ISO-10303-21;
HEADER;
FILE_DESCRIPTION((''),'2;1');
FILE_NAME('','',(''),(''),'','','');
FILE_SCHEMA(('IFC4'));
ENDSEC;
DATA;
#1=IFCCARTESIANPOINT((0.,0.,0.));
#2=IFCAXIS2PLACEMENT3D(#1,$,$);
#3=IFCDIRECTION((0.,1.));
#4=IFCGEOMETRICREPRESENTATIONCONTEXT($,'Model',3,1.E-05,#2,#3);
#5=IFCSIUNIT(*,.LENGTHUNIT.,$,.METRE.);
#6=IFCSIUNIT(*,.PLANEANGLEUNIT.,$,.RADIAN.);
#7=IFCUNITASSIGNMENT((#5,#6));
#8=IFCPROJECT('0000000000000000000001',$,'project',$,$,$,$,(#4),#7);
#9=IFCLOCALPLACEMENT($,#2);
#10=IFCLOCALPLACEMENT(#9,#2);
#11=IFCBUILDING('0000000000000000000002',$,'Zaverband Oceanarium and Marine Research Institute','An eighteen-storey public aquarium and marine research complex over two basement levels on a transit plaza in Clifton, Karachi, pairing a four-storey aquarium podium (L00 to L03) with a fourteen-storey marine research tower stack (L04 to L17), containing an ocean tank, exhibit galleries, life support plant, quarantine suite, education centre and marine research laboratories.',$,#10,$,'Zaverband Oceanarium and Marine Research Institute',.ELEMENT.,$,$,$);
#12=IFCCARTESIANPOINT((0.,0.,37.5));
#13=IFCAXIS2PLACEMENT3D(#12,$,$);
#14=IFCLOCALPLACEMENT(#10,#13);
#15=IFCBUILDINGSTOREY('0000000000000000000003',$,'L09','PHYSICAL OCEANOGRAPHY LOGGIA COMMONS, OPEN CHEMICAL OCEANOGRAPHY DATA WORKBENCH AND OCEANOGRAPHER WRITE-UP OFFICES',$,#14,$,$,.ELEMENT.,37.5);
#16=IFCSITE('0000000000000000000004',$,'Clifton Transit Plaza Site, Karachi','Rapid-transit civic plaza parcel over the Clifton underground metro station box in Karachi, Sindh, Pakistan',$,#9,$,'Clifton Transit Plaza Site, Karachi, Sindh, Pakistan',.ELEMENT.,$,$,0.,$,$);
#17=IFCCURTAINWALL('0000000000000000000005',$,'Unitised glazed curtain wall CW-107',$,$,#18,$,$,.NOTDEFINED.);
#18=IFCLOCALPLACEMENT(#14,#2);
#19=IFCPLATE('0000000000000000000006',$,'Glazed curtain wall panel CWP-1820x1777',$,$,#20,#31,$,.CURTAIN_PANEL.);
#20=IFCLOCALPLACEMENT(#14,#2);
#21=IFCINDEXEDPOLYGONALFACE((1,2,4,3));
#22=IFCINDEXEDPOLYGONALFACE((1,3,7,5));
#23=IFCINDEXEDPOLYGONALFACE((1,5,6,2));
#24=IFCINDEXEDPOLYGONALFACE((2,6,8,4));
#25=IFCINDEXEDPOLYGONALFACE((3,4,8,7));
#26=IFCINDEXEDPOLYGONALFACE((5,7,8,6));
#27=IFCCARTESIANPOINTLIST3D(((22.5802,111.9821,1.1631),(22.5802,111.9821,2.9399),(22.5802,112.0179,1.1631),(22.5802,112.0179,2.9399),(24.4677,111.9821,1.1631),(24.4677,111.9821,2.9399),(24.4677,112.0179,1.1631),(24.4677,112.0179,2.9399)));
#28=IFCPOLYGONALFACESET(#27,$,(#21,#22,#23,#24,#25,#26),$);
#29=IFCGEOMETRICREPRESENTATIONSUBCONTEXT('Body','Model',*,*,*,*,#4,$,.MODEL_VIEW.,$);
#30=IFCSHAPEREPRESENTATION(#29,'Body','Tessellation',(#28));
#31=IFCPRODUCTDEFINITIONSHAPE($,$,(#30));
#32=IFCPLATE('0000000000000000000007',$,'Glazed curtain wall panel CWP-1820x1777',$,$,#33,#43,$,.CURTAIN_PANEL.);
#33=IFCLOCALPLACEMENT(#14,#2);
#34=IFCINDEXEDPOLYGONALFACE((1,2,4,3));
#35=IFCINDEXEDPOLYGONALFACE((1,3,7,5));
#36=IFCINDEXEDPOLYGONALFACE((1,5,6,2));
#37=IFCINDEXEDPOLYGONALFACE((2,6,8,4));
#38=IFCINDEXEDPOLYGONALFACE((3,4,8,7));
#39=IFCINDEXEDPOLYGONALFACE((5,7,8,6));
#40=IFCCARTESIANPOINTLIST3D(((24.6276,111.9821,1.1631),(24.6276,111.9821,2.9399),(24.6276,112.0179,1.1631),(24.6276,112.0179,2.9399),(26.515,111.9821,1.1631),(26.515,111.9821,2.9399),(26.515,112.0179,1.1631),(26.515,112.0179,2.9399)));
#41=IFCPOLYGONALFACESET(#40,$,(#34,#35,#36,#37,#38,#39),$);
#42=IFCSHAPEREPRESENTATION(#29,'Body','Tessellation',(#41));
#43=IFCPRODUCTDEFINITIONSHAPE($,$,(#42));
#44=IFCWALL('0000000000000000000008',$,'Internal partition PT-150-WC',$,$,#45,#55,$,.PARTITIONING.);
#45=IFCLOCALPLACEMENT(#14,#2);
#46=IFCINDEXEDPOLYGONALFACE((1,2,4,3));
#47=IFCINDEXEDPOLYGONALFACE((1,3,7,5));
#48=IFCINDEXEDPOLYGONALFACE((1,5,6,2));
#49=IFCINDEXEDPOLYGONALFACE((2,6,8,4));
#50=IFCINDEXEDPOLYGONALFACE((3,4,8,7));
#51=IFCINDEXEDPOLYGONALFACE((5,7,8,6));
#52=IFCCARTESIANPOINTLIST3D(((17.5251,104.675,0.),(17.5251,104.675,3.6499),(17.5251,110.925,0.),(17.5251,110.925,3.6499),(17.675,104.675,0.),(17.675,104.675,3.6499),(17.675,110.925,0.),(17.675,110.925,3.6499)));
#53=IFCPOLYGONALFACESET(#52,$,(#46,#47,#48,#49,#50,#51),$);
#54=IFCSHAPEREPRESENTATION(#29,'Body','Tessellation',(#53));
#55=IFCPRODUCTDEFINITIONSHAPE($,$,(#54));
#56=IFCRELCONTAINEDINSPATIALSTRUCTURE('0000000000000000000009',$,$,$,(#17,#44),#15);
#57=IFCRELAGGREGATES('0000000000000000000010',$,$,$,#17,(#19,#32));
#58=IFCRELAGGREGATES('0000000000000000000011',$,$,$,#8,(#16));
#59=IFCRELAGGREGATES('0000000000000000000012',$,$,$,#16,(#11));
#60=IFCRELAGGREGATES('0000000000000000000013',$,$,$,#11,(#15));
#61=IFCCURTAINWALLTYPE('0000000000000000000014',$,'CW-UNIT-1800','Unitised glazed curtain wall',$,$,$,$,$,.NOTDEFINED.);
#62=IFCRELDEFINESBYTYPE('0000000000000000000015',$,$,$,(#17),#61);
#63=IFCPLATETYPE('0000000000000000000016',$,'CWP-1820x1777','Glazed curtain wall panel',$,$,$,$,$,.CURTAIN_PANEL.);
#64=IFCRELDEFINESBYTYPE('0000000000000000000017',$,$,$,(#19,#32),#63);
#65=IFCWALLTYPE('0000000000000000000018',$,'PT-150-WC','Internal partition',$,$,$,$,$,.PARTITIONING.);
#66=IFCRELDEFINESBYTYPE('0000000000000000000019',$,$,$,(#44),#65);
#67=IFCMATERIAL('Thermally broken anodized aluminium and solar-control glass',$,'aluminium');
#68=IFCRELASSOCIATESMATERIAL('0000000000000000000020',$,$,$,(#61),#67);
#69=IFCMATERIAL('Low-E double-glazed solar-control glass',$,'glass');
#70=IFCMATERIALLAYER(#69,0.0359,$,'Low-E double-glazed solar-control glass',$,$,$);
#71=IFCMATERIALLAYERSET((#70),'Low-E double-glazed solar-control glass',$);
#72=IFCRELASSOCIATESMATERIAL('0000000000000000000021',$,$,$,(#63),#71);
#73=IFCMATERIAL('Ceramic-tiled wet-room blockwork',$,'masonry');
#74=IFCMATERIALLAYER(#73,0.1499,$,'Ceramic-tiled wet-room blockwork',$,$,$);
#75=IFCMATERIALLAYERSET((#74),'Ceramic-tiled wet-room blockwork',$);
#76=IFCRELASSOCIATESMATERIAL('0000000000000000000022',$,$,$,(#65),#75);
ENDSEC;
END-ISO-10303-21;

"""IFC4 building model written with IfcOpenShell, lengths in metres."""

from ifc_helpers import new_model, si_unit, direction, frame, frame_2d, origin, place, context, subcontext, project, spatial, rectangle, extrude, material, layer, layer_set, type_object, element, aggregate, save


model = new_model("IFC4")

# Units and contexts
model_context = context("Model", 3, precision=1e-05, world=origin(), true_north=direction((0.0, 1.0)))
body_context = subcontext(model_context, "Body", "Model", "MODEL_VIEW")
ifc_project = project(units=[si_unit("LENGTHUNIT", "METRE"), si_unit("PLANEANGLEUNIT", "RADIAN")], contexts=[model_context])

# Site, building, storey
site_placement = place(None, origin())
site = spatial("IfcSite", under=ifc_project, at=site_placement, Name="Clifton Transit Plaza Site, Karachi", Description="Rapid-transit civic plaza parcel over the Clifton underground metro station box in Karachi, Sindh, Pakistan", LongName="Clifton Transit Plaza Site, Karachi, Sindh, Pakistan", CompositionType="ELEMENT", RefElevation=0.0)
building_placement = place(site_placement, origin())
building = spatial("IfcBuilding", under=site, at=building_placement, Name="Zaverband Oceanarium and Marine Research Institute", Description="An eighteen-storey public aquarium and marine research complex over two basement levels on a transit plaza in Clifton, Karachi, pairing a four-storey aquarium podium (L00 to L03) with a fourteen-storey marine research tower stack (L04 to L17), containing an ocean tank, exhibit galleries, life support plant, quarantine suite, education centre and marine research laboratories.", LongName="Zaverband Oceanarium and Marine Research Institute", CompositionType="ELEMENT")
storey_placement = place(building_placement, frame((0.0, 0.0, 37.5)))
storey = spatial("IfcBuildingStorey", under=building, at=storey_placement, Name="L09", Description="PHYSICAL OCEANOGRAPHY LOGGIA COMMONS, OPEN CHEMICAL OCEANOGRAPHY DATA WORKBENCH AND OCEANOGRAPHER WRITE-UP OFFICES", CompositionType="ELEMENT", Elevation=37.5)

# Curtain wall
ifc_material_1 = material(Name="Thermally broken anodized aluminium and solar-control glass", Category="aluminium")
curtain_wall_type = type_object("IfcCurtainWallType", Name="CW-UNIT-1800", Description="Unitised glazed curtain wall", PredefinedType="NOTDEFINED", material=ifc_material_1)
curtain_wall_1_placement = place(storey_placement, origin())
curtain_wall_1 = element("IfcCurtainWall", 1, at=curtain_wall_1_placement, inside=storey, type_object=curtain_wall_type, Name="Unitised glazed curtain wall CW-107", PredefinedType="NOTDEFINED")

# Plates
ifc_material_2 = material(Name="Low-E double-glazed solar-control glass", Category="glass")
ifc_layer_1 = layer(ifc_material_2, 0.0359, Name="Low-E double-glazed solar-control glass")
ifc_layer_set_1 = layer_set([ifc_layer_1], Name="Low-E double-glazed solar-control glass")
plate_type_1 = type_object("IfcPlateType", Name="CWP-1820x1777", Description="Glazed curtain wall panel", PredefinedType="CURTAIN_PANEL", material=ifc_layer_set_1)
plate_1_placement = place(storey_placement, frame((22.5801, 112.0, 1.1631), z_axis=(0.0, 0.0, 1.0), x_axis=(1.0, 0.0, 0.0)))
plate_1 = element("IfcPlate", 2, at=plate_1_placement, type_object=plate_type_1, Name="Glazed curtain wall panel CWP-1820x1777", PredefinedType="CURTAIN_PANEL", context=body_context, shape_type="SweptSolid", body=[
    extrude(rectangle(XDim=1.8875, YDim=0.0359, at=frame_2d((0.9438, 0.0))), origin(), (0.0, 0.0, 1.0), 1.7769),
])
plate_2_placement = place(storey_placement, frame((24.6274, 112.0, 1.1631), z_axis=(0.0, 0.0, 1.0), x_axis=(1.0, 0.0, 0.0)))
plate_2 = element("IfcPlate", 3, at=plate_2_placement, type_object=plate_type_1, Name="Glazed curtain wall panel CWP-1820x1777", PredefinedType="CURTAIN_PANEL", context=body_context, shape_type="SweptSolid", body=[
    extrude(rectangle(XDim=1.8875, YDim=0.0359, at=frame_2d((0.9438, 0.0))), origin(), (0.0, 0.0, 1.0), 1.7769),
])
aggregate(curtain_wall_1, [plate_1, plate_2])

# Wall
ifc_material_3 = material(Name="Ceramic-tiled wet-room blockwork", Category="masonry")
ifc_layer_2 = layer(ifc_material_3, 0.1499, Name="Ceramic-tiled wet-room blockwork")
ifc_layer_set_2 = layer_set([ifc_layer_2], Name="Ceramic-tiled wet-room blockwork")
wall_type = type_object("IfcWallType", Name="PT-150-WC", Description="Internal partition", PredefinedType="PARTITIONING", material=ifc_layer_set_2)
wall_placement = place(storey_placement, frame((17.6001, 104.675, 0.0), z_axis=(0.0, 0.0, 1.0), x_axis=(0.0, 1.0, 0.0)))
element("IfcWall", 4, at=wall_placement, inside=storey, type_object=wall_type, Name="Internal partition PT-150-WC", PredefinedType="PARTITIONING", context=body_context, shape_type="SweptSolid", body=[
    extrude(rectangle(XDim=6.25, YDim=0.1499, at=frame_2d((3.125, 0.0))), origin(), (0.0, 0.0, 1.0), 3.6499),
])

save(model, "model.ifc")
